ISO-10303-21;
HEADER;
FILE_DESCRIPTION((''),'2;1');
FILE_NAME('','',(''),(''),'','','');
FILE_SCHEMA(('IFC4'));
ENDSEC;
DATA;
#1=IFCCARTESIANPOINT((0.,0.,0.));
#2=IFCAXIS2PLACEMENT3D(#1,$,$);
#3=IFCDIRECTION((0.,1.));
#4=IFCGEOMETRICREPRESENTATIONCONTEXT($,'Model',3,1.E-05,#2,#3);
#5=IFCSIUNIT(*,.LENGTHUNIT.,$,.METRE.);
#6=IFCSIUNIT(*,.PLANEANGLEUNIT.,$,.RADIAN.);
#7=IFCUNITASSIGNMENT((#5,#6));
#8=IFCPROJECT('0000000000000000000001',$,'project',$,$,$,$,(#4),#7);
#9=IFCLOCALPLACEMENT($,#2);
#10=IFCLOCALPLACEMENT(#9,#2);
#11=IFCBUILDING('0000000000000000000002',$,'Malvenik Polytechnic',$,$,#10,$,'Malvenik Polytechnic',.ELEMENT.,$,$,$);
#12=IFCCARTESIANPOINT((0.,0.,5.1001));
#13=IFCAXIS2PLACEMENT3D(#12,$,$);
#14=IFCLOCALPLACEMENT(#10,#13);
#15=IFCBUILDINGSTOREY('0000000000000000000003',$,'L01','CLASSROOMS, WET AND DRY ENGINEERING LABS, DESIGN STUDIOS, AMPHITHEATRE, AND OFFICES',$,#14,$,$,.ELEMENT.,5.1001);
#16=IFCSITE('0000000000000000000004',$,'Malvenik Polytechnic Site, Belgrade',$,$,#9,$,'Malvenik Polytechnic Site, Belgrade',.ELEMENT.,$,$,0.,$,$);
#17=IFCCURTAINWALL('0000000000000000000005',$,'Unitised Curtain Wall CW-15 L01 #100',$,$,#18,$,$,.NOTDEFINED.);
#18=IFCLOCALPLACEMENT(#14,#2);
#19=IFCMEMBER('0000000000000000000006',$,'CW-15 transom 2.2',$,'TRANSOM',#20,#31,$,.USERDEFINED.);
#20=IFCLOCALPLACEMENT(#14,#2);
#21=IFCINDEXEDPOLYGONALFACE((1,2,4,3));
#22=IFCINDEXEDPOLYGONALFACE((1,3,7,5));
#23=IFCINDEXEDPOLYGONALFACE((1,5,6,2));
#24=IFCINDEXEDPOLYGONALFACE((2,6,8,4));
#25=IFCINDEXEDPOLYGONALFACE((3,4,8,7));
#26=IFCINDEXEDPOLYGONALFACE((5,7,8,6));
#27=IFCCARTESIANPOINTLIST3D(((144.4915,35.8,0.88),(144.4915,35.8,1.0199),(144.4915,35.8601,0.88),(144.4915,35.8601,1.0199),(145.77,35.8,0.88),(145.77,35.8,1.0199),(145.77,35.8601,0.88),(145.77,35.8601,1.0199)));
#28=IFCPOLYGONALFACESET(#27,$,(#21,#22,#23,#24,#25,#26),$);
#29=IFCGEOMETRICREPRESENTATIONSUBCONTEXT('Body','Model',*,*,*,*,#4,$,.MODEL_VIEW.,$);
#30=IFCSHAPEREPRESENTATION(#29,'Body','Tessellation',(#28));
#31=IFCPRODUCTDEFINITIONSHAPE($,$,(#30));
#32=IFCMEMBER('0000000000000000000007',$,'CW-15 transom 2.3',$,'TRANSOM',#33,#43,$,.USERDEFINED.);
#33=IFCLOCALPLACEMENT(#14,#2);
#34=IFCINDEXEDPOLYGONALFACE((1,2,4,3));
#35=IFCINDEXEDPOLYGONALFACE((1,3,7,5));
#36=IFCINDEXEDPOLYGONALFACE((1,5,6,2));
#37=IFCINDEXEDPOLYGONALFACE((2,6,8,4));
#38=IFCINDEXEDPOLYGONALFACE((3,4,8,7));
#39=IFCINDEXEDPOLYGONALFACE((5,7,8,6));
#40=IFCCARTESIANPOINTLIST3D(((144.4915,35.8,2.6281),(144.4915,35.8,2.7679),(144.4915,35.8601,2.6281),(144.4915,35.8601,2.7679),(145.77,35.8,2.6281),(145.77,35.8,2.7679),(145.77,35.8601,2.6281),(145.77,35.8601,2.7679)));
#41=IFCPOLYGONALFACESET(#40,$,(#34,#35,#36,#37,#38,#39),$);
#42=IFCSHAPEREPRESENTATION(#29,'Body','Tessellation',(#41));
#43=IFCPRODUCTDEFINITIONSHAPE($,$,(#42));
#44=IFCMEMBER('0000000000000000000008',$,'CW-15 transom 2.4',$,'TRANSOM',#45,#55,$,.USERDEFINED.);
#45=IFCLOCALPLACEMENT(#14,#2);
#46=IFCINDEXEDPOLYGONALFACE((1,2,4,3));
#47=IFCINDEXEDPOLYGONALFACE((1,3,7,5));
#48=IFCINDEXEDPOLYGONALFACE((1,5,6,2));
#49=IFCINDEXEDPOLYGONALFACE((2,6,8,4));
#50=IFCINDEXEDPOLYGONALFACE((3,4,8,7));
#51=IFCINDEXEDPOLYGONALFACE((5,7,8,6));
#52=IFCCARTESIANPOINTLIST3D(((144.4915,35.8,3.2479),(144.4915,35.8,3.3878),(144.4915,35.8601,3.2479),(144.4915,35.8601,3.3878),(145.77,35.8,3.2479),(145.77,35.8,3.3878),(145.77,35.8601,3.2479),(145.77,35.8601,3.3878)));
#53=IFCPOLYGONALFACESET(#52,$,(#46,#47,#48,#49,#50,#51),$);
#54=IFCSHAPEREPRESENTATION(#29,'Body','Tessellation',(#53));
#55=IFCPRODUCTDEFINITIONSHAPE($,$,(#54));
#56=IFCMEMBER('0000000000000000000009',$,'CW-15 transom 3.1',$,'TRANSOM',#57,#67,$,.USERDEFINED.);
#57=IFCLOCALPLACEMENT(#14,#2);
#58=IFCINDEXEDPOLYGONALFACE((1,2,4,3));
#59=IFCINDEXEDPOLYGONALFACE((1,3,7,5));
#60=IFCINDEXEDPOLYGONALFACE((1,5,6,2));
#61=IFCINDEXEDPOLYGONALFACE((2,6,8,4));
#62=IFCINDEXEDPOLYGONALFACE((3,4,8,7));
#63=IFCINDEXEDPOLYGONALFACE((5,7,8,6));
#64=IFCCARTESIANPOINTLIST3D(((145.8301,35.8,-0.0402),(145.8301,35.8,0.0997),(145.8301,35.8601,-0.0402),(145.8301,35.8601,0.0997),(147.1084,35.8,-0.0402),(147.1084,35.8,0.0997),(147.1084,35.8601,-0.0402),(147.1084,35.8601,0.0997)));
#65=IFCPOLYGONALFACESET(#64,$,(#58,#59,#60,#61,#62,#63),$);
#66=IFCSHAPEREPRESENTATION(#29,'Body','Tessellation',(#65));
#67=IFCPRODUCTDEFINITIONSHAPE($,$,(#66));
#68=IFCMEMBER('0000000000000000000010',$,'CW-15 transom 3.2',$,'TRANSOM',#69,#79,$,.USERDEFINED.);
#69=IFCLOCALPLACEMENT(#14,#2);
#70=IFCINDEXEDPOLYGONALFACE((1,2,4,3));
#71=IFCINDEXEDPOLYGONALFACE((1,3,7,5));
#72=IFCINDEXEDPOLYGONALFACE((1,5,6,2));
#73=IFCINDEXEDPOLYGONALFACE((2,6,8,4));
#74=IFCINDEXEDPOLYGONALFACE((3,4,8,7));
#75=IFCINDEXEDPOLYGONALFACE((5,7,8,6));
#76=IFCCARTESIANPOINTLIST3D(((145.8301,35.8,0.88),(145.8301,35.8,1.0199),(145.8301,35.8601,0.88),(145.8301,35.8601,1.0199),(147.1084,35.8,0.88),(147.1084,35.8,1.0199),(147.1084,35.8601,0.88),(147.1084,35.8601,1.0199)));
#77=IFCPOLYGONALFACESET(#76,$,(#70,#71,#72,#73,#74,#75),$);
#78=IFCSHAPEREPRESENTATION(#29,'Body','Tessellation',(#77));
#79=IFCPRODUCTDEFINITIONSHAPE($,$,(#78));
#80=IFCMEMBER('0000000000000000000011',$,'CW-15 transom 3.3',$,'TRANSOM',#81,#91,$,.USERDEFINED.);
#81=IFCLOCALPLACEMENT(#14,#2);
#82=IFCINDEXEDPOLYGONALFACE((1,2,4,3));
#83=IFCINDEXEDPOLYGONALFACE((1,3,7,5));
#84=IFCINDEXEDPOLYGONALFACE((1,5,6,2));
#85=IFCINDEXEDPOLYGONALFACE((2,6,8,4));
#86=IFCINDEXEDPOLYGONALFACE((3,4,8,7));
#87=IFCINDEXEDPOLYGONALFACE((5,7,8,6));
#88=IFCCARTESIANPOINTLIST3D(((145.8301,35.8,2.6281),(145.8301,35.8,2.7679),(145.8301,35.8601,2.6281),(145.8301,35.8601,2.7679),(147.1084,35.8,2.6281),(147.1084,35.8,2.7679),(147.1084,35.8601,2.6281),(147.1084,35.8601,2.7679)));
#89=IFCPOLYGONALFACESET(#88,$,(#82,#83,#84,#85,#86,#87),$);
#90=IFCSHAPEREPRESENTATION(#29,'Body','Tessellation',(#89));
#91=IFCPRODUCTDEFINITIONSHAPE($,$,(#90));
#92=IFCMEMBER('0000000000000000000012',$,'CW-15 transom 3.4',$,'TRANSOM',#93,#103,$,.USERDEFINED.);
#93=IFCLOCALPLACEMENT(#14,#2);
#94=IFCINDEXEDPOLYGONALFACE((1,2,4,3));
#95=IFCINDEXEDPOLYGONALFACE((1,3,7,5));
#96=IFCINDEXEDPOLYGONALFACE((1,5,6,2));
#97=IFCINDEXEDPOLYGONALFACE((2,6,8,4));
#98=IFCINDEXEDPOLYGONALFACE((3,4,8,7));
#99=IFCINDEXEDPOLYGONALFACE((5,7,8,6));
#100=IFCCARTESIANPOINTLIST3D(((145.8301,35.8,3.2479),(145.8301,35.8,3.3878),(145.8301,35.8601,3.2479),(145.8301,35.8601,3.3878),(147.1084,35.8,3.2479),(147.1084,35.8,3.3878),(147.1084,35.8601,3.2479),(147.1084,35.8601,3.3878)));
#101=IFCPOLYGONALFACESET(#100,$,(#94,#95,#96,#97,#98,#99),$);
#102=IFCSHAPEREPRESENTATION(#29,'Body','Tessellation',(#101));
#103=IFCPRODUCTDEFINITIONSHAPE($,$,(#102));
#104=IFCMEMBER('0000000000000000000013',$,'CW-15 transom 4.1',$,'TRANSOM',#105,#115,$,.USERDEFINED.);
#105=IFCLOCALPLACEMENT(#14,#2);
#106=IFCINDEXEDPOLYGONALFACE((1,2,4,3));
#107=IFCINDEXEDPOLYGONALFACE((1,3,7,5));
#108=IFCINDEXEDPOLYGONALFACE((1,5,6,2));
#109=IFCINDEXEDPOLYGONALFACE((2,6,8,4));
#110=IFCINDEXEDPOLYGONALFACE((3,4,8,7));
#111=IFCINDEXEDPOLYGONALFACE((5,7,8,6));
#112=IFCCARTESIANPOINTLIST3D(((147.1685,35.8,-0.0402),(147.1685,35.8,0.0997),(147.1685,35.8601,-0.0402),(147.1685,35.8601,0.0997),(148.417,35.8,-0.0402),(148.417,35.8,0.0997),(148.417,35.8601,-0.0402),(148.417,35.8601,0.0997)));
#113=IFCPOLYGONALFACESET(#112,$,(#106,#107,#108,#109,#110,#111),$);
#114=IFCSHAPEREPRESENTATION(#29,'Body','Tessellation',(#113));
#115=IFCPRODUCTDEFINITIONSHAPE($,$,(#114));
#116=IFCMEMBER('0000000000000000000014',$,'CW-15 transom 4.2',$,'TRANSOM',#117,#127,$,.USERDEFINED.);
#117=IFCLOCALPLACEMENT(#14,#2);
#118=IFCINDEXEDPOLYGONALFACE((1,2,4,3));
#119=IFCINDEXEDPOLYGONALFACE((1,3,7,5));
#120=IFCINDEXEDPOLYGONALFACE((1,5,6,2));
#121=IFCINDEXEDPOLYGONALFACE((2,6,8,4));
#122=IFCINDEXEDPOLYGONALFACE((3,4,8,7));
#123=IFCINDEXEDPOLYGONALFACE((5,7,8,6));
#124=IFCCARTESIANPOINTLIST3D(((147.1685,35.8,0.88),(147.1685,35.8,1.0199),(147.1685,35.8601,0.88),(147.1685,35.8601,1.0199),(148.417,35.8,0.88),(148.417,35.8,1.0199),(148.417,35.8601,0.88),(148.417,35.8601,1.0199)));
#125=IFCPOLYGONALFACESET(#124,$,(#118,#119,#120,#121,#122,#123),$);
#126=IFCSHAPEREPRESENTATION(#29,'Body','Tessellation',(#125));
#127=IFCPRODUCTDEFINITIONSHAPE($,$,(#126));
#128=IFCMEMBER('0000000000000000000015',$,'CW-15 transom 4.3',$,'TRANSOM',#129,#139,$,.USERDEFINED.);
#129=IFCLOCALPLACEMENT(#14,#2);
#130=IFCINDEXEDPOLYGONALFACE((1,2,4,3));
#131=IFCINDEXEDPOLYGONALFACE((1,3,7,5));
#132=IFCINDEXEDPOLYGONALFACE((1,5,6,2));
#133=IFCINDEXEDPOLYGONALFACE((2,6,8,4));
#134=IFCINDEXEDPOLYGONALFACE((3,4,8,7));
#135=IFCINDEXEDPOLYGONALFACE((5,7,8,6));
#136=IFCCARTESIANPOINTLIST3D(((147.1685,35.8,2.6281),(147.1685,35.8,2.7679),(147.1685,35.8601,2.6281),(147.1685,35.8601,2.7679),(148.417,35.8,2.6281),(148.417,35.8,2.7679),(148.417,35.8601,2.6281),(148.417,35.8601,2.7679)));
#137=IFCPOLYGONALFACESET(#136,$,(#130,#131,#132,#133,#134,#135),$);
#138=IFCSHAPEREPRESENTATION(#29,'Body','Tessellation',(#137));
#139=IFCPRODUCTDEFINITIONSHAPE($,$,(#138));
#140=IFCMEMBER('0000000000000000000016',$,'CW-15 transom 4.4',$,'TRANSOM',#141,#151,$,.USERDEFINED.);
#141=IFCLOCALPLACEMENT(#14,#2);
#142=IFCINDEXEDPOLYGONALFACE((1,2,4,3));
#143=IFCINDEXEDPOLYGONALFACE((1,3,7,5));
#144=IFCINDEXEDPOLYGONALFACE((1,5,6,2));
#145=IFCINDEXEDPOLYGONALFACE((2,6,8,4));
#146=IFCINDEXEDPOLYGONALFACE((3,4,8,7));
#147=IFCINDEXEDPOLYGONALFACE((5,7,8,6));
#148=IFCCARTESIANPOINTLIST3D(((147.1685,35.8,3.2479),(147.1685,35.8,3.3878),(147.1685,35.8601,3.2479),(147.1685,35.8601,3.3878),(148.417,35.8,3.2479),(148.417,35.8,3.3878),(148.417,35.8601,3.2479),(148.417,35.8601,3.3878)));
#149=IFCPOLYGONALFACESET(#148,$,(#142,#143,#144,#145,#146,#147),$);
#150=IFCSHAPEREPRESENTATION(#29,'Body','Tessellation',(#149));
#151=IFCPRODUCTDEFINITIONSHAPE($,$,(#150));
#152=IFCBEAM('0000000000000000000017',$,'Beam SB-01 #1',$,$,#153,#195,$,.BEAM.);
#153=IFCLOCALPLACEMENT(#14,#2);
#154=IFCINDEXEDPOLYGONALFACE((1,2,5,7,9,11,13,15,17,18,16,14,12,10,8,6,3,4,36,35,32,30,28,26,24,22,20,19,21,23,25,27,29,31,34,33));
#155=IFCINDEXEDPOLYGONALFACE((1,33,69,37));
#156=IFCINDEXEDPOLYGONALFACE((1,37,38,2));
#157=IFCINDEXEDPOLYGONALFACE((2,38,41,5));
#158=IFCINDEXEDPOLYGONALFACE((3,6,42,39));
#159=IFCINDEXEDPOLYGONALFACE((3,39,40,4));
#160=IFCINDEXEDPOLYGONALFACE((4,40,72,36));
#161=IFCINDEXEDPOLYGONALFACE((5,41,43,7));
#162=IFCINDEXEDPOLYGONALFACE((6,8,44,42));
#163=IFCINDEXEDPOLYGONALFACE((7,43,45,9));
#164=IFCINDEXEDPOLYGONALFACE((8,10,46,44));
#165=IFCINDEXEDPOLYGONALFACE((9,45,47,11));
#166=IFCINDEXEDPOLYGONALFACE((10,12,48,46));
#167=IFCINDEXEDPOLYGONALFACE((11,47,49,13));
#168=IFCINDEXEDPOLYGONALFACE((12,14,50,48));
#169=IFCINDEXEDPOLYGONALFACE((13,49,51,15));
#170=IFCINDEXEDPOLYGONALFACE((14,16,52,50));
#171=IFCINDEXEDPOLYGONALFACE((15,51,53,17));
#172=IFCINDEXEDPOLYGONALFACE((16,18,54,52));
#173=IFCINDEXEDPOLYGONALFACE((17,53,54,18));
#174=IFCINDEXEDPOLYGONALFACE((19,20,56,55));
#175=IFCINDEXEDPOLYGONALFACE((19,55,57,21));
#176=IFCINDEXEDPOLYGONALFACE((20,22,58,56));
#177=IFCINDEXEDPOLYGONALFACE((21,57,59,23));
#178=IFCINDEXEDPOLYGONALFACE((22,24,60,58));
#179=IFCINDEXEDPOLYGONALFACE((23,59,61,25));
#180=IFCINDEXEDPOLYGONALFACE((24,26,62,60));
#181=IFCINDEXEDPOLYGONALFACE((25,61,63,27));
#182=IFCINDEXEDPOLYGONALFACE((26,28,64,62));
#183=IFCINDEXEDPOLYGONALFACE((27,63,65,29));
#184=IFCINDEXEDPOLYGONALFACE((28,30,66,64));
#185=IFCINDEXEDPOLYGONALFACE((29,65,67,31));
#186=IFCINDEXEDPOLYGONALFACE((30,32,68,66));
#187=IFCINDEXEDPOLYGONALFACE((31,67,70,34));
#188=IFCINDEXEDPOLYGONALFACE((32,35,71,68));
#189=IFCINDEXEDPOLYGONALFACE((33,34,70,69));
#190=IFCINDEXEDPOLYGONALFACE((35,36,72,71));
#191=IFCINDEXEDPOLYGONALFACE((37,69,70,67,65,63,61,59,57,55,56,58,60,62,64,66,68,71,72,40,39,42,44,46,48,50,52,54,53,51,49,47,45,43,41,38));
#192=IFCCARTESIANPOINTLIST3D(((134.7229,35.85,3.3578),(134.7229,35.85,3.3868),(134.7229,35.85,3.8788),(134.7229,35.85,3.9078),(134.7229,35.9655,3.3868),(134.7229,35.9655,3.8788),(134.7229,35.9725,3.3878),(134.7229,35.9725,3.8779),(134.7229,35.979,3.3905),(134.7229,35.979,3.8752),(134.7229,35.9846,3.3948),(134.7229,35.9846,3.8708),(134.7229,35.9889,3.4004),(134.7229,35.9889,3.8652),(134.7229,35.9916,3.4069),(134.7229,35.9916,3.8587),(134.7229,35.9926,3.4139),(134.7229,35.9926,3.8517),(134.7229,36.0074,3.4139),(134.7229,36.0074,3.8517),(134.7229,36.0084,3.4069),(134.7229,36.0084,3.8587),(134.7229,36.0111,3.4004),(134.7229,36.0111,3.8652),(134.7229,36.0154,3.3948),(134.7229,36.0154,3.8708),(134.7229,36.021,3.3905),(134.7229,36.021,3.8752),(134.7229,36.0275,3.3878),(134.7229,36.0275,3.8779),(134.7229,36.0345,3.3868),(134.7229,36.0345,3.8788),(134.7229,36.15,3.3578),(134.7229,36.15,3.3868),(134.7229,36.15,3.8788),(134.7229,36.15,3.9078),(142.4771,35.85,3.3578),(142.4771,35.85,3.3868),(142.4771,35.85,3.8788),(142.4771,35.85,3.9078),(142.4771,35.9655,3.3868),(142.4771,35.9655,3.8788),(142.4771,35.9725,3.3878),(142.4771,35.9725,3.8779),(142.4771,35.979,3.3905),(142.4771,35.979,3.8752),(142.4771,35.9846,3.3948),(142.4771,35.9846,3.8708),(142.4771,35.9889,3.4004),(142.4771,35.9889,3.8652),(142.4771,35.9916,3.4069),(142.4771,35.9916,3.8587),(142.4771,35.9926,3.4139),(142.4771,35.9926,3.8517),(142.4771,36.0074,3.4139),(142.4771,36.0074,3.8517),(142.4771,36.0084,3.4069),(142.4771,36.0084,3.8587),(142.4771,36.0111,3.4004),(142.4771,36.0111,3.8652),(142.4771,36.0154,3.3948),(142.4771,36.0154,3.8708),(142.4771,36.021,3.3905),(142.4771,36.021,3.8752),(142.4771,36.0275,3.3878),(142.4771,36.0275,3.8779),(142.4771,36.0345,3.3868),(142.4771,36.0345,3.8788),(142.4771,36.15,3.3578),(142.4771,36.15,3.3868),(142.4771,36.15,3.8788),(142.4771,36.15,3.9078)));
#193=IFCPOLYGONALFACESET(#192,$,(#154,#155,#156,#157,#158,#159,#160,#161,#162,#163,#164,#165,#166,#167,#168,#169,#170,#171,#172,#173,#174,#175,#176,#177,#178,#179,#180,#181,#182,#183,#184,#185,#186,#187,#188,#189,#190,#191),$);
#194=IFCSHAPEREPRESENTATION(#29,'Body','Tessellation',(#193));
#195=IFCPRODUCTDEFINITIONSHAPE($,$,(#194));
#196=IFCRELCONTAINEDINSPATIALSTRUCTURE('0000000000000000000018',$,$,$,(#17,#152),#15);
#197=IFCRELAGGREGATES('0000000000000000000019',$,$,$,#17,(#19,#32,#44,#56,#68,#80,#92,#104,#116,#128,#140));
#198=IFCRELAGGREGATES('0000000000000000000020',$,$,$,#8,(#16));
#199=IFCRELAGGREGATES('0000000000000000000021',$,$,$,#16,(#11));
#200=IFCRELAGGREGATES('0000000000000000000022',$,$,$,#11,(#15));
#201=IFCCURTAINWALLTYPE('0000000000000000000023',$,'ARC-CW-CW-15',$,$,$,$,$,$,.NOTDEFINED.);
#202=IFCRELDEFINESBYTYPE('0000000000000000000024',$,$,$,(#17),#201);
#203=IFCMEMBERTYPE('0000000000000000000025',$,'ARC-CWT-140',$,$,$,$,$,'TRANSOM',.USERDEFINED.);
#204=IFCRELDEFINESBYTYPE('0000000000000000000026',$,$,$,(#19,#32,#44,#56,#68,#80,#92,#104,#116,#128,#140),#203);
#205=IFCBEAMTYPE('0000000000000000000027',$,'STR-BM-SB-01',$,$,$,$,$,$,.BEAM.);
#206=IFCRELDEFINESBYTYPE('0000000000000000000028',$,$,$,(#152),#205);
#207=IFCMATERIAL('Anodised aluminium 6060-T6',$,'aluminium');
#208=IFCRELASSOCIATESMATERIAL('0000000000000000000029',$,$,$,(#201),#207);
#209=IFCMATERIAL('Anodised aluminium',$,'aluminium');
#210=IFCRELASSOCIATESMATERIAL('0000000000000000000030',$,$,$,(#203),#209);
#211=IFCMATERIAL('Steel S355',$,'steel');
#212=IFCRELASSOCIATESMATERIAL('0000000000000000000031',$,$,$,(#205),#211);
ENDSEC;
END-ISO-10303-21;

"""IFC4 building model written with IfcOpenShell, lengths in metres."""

from ifc_helpers import new_model, si_unit, direction, frame, origin, origin_2d, place, context, subcontext, project, spatial, rectangle, i_section, extrude, material, material_profile, profile_set, type_object, element, aggregate, save


model = new_model("IFC4")

# Units and contexts
model_context = context("Model", 3, precision=1e-05, world=origin(), true_north=direction((0.0, 1.0)))
body_context = subcontext(model_context, "Body", "Model", "MODEL_VIEW")
ifc_project = project(units=[si_unit("LENGTHUNIT", "METRE"), si_unit("PLANEANGLEUNIT", "RADIAN")], contexts=[model_context])

# Site, building, storey
site_placement = place(None, origin())
site = spatial("IfcSite", under=ifc_project, at=site_placement, Name="Malvenik Polytechnic Site, Belgrade", LongName="Malvenik Polytechnic Site, Belgrade", CompositionType="ELEMENT", RefElevation=0.0)
building_placement = place(site_placement, origin())
building = spatial("IfcBuilding", under=site, at=building_placement, Name="Malvenik Polytechnic", LongName="Malvenik Polytechnic", CompositionType="ELEMENT")
storey_placement = place(building_placement, frame((0.0, 0.0, 5.1001)))
storey = spatial("IfcBuildingStorey", under=building, at=storey_placement, Name="L01", Description="CLASSROOMS, WET AND DRY ENGINEERING LABS, DESIGN STUDIOS, AMPHITHEATRE, AND OFFICES", CompositionType="ELEMENT", Elevation=5.1001)

# Curtain wall
ifc_material_1 = material(Name="Anodised aluminium 6060-T6", Category="aluminium")
ifc_material_2 = material(Name="Anodised aluminium", Category="aluminium")
curtain_wall_type_1 = type_object("IfcCurtainWallType", Name="ARC-CW-CW-15", PredefinedType="NOTDEFINED", material=ifc_material_1)
curtain_wall_1_placement = place(storey_placement, origin())
curtain_wall_1 = element("IfcCurtainWall", 1, at=curtain_wall_1_placement, inside=storey, type_object=curtain_wall_type_1, Name="Unitised Curtain Wall CW-15 L01 #100", PredefinedType="NOTDEFINED")

# Members
ifc_material_profile_1 = material_profile(ifc_material_2, rectangle(XDim=0.0601, YDim=0.1399, at=origin_2d()), Name="ALU TRANSOM 60x140")
ifc_profile_set_1 = profile_set([ifc_material_profile_1], Name="Anodised aluminium")
member_type_1 = type_object("IfcMemberType", Name="ARC-CWT-140", ElementType="TRANSOM", PredefinedType="USERDEFINED", material=ifc_profile_set_1)
member_1_placement = place(storey_placement, frame((144.4915, 35.8301, 0.95), z_axis=(1.0, 0.0, 0.0), x_axis=(0.0, 1.0, 0.0)))
member_1 = element("IfcMember", 2, at=member_1_placement, type_object=member_type_1, Name="CW-15 transom 2.2", ObjectType="TRANSOM", PredefinedType="USERDEFINED", context=body_context, shape_type="SweptSolid", body=[
    extrude(rectangle(XDim=0.0601, YDim=0.1399, at=origin_2d()), origin(), (0.0, 0.0, 1.0), 1.2786),
])
member_2_placement = place(storey_placement, frame((144.4915, 35.8301, 2.698), z_axis=(1.0, 0.0, 0.0), x_axis=(0.0, 1.0, 0.0)))
member_2 = element("IfcMember", 3, at=member_2_placement, type_object=member_type_1, Name="CW-15 transom 2.3", ObjectType="TRANSOM", PredefinedType="USERDEFINED", context=body_context, shape_type="SweptSolid", body=[
    extrude(rectangle(XDim=0.0601, YDim=0.1399, at=origin_2d()), origin(), (0.0, 0.0, 1.0), 1.2786),
])
member_3_placement = place(storey_placement, frame((144.4915, 35.8301, 3.3179), z_axis=(1.0, 0.0, 0.0), x_axis=(0.0, 1.0, 0.0)))
member_3 = element("IfcMember", 4, at=member_3_placement, type_object=member_type_1, Name="CW-15 transom 2.4", ObjectType="TRANSOM", PredefinedType="USERDEFINED", context=body_context, shape_type="SweptSolid", body=[
    extrude(rectangle(XDim=0.0601, YDim=0.1399, at=origin_2d()), origin(), (0.0, 0.0, 1.0), 1.2786),
])
member_4_placement = place(storey_placement, frame((145.8301, 35.8301, 0.0298), z_axis=(1.0, 0.0, 0.0), x_axis=(0.0, 1.0, 0.0)))
member_4 = element("IfcMember", 5, at=member_4_placement, type_object=member_type_1, Name="CW-15 transom 3.1", ObjectType="TRANSOM", PredefinedType="USERDEFINED", context=body_context, shape_type="SweptSolid", body=[
    extrude(rectangle(XDim=0.0601, YDim=0.1399, at=origin_2d()), origin(), (0.0, 0.0, 1.0), 1.2783),
])
member_5_placement = place(storey_placement, frame((145.8301, 35.8301, 0.95), z_axis=(1.0, 0.0, 0.0), x_axis=(0.0, 1.0, 0.0)))
member_5 = element("IfcMember", 6, at=member_5_placement, type_object=member_type_1, Name="CW-15 transom 3.2", ObjectType="TRANSOM", PredefinedType="USERDEFINED", context=body_context, shape_type="SweptSolid", body=[
    extrude(rectangle(XDim=0.0601, YDim=0.1399, at=origin_2d()), origin(), (0.0, 0.0, 1.0), 1.2783),
])
member_6_placement = place(storey_placement, frame((145.8301, 35.8301, 2.698), z_axis=(1.0, 0.0, 0.0), x_axis=(0.0, 1.0, 0.0)))
member_6 = element("IfcMember", 7, at=member_6_placement, type_object=member_type_1, Name="CW-15 transom 3.3", ObjectType="TRANSOM", PredefinedType="USERDEFINED", context=body_context, shape_type="SweptSolid", body=[
    extrude(rectangle(XDim=0.0601, YDim=0.1399, at=origin_2d()), origin(), (0.0, 0.0, 1.0), 1.2783),
])
member_7_placement = place(storey_placement, frame((145.8301, 35.8301, 3.3179), z_axis=(1.0, 0.0, 0.0), x_axis=(0.0, 1.0, 0.0)))
member_7 = element("IfcMember", 8, at=member_7_placement, type_object=member_type_1, Name="CW-15 transom 3.4", ObjectType="TRANSOM", PredefinedType="USERDEFINED", context=body_context, shape_type="SweptSolid", body=[
    extrude(rectangle(XDim=0.0601, YDim=0.1399, at=origin_2d()), origin(), (0.0, 0.0, 1.0), 1.2783),
])
member_8_placement = place(storey_placement, frame((147.1685, 35.8301, 0.0298), z_axis=(1.0, 0.0, 0.0), x_axis=(0.0, 1.0, 0.0)))
member_8 = element("IfcMember", 9, at=member_8_placement, type_object=member_type_1, Name="CW-15 transom 4.1", ObjectType="TRANSOM", PredefinedType="USERDEFINED", context=body_context, shape_type="SweptSolid", body=[
    extrude(rectangle(XDim=0.0601, YDim=0.1399, at=origin_2d()), origin(), (0.0, 0.0, 1.0), 1.2485),
])
member_9_placement = place(storey_placement, frame((147.1685, 35.8301, 0.95), z_axis=(1.0, 0.0, 0.0), x_axis=(0.0, 1.0, 0.0)))
member_9 = element("IfcMember", 10, at=member_9_placement, type_object=member_type_1, Name="CW-15 transom 4.2", ObjectType="TRANSOM", PredefinedType="USERDEFINED", context=body_context, shape_type="SweptSolid", body=[
    extrude(rectangle(XDim=0.0601, YDim=0.1399, at=origin_2d()), origin(), (0.0, 0.0, 1.0), 1.2485),
])
member_10_placement = place(storey_placement, frame((147.1685, 35.8301, 2.698), z_axis=(1.0, 0.0, 0.0), x_axis=(0.0, 1.0, 0.0)))
member_10 = element("IfcMember", 11, at=member_10_placement, type_object=member_type_1, Name="CW-15 transom 4.3", ObjectType="TRANSOM", PredefinedType="USERDEFINED", context=body_context, shape_type="SweptSolid", body=[
    extrude(rectangle(XDim=0.0601, YDim=0.1399, at=origin_2d()), origin(), (0.0, 0.0, 1.0), 1.2485),
])
member_11_placement = place(storey_placement, frame((147.1685, 35.8301, 3.3179), z_axis=(1.0, 0.0, 0.0), x_axis=(0.0, 1.0, 0.0)))
member_11 = element("IfcMember", 12, at=member_11_placement, type_object=member_type_1, Name="CW-15 transom 4.4", ObjectType="TRANSOM", PredefinedType="USERDEFINED", context=body_context, shape_type="SweptSolid", body=[
    extrude(rectangle(XDim=0.0601, YDim=0.1399, at=origin_2d()), origin(), (0.0, 0.0, 1.0), 1.2485),
])

# Beam
ifc_material_3 = material(Name="Steel S355", Category="steel")
ifc_material_profile_2 = material_profile(ifc_material_3, i_section(OverallWidth=0.3, OverallDepth=0.55, WebThickness=0.0149, FlangeThickness=0.0291, FilletRadius=0.0271, at=origin_2d()), Name="HEB 550")
ifc_profile_set_2 = profile_set([ifc_material_profile_2], Name="Steel S355")
beam_type = type_object("IfcBeamType", Name="STR-BM-SB-01", PredefinedType="BEAM", material=ifc_profile_set_2)
beam_placement = place(storey_placement, frame((134.7229, 36.0, 3.6328), z_axis=(1.0, 0.0, 0.0), x_axis=(0.0, 1.0, 0.0)))
element("IfcBeam", 13, at=beam_placement, inside=storey, type_object=beam_type, Name="Beam SB-01 #1", PredefinedType="BEAM", context=body_context, shape_type="SweptSolid", body=[
    extrude(i_section(OverallWidth=0.3, OverallDepth=0.55, WebThickness=0.0149, FlangeThickness=0.0291, FilletRadius=0.0271, at=origin_2d()), origin(), (0.0, 0.0, 1.0), 7.7542),
])

aggregate(curtain_wall_1, [member_1, member_2, member_3, member_4, member_5, member_6, member_7, member_8, member_9, member_10, member_11])

save(model, "model.ifc")
